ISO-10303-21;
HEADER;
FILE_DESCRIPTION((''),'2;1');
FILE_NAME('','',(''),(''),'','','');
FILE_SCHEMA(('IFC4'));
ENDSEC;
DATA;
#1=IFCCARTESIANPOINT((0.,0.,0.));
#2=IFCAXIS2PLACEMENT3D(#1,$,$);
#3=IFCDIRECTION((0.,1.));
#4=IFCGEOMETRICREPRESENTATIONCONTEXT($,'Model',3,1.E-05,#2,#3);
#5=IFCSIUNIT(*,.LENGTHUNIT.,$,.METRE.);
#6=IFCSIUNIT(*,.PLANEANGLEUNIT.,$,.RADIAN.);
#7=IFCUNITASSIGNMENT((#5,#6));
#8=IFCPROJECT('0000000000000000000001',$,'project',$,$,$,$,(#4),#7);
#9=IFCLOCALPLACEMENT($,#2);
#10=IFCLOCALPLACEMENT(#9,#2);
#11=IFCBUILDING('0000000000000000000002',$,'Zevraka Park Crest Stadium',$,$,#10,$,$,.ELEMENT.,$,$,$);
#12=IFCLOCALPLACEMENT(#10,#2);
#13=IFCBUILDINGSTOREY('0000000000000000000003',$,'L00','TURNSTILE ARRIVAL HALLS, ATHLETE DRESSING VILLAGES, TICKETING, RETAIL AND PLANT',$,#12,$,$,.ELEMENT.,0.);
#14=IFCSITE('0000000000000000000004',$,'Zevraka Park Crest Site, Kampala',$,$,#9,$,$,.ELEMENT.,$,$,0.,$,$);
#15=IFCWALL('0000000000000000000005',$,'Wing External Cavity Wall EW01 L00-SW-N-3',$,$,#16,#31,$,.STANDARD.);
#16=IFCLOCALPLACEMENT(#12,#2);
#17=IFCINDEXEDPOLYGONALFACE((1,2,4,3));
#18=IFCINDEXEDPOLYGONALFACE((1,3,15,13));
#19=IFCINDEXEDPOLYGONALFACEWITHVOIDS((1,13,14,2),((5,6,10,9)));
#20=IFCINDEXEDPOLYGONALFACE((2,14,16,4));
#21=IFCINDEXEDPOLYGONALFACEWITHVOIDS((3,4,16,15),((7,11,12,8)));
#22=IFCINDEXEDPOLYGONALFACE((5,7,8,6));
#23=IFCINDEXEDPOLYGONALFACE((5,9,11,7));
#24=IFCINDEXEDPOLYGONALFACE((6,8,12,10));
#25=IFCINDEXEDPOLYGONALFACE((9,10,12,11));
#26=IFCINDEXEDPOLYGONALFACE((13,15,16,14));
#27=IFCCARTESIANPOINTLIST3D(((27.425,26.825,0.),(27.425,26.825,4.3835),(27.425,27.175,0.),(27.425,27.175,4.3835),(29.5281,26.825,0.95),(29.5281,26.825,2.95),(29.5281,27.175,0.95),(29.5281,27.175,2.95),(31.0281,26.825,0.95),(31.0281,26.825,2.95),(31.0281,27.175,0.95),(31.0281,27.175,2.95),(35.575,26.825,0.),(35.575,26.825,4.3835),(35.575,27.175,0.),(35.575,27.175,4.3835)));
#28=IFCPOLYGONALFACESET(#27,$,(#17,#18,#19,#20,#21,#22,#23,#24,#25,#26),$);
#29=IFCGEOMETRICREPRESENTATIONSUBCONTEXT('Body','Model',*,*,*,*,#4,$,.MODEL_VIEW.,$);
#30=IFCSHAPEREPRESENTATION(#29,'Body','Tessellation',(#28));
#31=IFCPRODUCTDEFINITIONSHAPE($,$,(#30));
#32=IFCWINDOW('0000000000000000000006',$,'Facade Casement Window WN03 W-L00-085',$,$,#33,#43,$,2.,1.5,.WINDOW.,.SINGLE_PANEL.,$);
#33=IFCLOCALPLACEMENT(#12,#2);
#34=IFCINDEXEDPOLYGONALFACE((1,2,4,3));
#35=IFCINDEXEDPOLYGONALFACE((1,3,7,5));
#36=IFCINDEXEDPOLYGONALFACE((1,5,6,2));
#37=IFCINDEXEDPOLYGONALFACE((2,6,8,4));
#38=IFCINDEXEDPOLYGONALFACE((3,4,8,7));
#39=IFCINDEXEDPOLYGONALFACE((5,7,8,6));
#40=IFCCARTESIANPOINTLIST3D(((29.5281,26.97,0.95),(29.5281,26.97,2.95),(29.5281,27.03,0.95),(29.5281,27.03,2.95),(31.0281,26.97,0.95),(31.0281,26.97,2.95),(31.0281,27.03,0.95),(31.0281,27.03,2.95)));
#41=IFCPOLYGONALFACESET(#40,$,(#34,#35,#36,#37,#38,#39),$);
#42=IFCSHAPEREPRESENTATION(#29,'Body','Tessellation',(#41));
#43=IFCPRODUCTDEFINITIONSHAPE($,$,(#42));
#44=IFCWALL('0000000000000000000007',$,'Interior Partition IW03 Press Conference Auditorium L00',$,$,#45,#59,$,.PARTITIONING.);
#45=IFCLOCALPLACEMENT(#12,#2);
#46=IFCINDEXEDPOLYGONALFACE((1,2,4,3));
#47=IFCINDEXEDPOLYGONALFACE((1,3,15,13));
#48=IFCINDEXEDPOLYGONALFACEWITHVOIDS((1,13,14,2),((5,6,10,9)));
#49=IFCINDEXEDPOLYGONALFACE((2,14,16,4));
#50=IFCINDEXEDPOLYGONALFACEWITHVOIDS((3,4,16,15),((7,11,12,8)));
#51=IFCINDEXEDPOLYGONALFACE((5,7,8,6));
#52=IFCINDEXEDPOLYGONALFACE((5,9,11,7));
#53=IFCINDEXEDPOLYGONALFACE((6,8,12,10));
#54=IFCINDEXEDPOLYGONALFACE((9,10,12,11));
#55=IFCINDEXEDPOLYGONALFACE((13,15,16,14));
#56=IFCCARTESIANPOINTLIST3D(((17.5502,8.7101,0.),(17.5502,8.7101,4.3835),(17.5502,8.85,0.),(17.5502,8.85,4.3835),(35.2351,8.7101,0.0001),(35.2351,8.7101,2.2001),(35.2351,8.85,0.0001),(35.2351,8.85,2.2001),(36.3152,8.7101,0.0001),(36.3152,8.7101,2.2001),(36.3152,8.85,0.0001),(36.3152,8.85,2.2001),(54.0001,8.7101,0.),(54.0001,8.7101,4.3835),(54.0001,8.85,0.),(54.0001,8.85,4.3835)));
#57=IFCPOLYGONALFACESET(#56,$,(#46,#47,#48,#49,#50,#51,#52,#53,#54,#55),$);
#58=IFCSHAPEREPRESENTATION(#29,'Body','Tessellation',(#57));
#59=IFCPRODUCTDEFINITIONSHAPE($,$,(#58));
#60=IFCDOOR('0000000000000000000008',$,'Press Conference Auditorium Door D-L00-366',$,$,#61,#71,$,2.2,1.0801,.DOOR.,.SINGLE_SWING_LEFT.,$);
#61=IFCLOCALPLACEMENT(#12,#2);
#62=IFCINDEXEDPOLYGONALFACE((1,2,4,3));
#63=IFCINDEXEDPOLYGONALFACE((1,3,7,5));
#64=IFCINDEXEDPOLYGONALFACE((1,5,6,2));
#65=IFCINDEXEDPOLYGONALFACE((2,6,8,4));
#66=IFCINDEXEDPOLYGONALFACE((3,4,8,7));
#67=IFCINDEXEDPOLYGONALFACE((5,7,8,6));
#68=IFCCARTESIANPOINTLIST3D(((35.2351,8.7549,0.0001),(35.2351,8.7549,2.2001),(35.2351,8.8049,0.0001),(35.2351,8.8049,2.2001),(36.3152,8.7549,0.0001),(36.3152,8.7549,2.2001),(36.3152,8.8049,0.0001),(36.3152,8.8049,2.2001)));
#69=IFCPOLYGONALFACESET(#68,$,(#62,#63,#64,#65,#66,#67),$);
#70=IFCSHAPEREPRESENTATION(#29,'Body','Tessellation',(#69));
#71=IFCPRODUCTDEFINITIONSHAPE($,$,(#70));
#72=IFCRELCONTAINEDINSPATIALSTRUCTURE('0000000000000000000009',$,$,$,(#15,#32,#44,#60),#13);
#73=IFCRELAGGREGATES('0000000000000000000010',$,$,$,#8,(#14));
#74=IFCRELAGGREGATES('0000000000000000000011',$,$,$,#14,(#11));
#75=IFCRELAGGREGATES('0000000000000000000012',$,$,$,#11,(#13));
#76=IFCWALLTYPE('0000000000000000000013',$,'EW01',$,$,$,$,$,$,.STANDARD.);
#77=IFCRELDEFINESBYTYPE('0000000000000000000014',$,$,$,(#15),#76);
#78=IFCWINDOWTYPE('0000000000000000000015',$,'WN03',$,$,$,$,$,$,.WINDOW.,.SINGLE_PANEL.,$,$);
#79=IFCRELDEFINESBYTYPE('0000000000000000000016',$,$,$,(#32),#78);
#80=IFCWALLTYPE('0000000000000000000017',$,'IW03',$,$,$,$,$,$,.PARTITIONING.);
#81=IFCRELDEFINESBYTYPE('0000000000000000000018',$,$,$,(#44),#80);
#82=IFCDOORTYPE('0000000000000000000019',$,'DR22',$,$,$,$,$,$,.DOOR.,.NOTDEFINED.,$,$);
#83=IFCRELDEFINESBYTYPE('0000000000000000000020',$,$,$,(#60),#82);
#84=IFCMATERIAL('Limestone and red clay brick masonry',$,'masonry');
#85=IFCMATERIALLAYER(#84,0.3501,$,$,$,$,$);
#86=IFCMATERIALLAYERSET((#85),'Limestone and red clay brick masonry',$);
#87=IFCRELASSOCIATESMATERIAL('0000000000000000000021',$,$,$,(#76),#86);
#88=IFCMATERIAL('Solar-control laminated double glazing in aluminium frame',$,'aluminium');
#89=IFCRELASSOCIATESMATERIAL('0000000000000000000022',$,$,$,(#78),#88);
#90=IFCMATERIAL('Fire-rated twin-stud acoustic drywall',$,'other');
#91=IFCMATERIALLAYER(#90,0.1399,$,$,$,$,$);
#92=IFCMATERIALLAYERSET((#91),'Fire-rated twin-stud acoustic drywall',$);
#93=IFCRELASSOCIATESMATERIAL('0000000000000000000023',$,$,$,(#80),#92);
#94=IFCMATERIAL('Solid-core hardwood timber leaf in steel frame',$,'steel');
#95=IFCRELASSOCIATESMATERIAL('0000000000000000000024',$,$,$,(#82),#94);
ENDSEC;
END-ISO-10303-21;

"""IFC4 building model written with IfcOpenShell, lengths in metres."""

from ifc_helpers import new_model, si_unit, direction, frame, frame_2d, origin, place, context, subcontext, project, spatial, rectangle, extrude, material, layer, layer_set, type_object, element, fill, save


model = new_model("IFC4")

# Units and contexts
model_context = context("Model", 3, precision=1e-05, world=origin(), true_north=direction((0.0, 1.0)))
body_context = subcontext(model_context, "Body", "Model", "MODEL_VIEW")
ifc_project = project(units=[si_unit("LENGTHUNIT", "METRE"), si_unit("PLANEANGLEUNIT", "RADIAN")], contexts=[model_context])

# Site, building, storey
site_placement = place(None, origin())
site = spatial("IfcSite", under=ifc_project, at=site_placement, Name="Zevraka Park Crest Site, Kampala", CompositionType="ELEMENT", RefElevation=0.0)
building_placement = place(site_placement, origin())
building = spatial("IfcBuilding", under=site, at=building_placement, Name="Zevraka Park Crest Stadium", CompositionType="ELEMENT")
storey_placement = place(building_placement, origin())
storey = spatial("IfcBuildingStorey", under=building, at=storey_placement, Name="L00", Description="TURNSTILE ARRIVAL HALLS, ATHLETE DRESSING VILLAGES, TICKETING, RETAIL AND PLANT", CompositionType="ELEMENT", Elevation=0.0)

# Wall, opening, window
ifc_material_1 = material(Name="Limestone and red clay brick masonry", Category="masonry")
ifc_layer_1 = layer(ifc_material_1, 0.3501)
ifc_layer_set_1 = layer_set([ifc_layer_1], Name="Limestone and red clay brick masonry")
wall_type_1 = type_object("IfcWallType", Name="EW01", PredefinedType="STANDARD", material=ifc_layer_set_1)
wall_1_placement = place(storey_placement, frame((27.425, 27.0, 0.0), z_axis=(0.0, 0.0, 1.0), x_axis=(1.0, 0.0, 0.0)))
wall_1 = element("IfcWall", 1, at=wall_1_placement, inside=storey, type_object=wall_type_1, Name="Wing External Cavity Wall EW01 L00-SW-N-3", PredefinedType="STANDARD", context=body_context, shape_type="SweptSolid", body=[
    extrude(rectangle(XDim=8.1499, YDim=0.3501, at=frame_2d((4.075, 0.0))), origin(), (0.0, 0.0, 1.0), 4.3835),
])
opening_1_placement = place(wall_1_placement, frame((2.103, 0.0, 0.95)))
opening_1 = element("IfcOpeningElement", 2, at=opening_1_placement, cuts=wall_1, PredefinedType="OPENING", context=body_context, shape_type="SweptSolid", body=[
    extrude(rectangle(XDim=1.5, YDim=2.0, at=frame_2d((0.75, 1.0))), frame((0.0, 0.1851, 0.0), z_axis=(0.0, -1.0, 0.0), x_axis=(1.0, 0.0, 0.0)), (0.0, 0.0, 1.0), 0.3701),
])
ifc_material_2 = material(Name="Solar-control laminated double glazing in aluminium frame", Category="aluminium")
window_type_1 = type_object("IfcWindowType", Name="WN03", PartitioningType="SINGLE_PANEL", PredefinedType="WINDOW", material=ifc_material_2)
window_1_placement = place(opening_1_placement, origin())
window_1 = element("IfcWindow", 3, at=window_1_placement, inside=storey, type_object=window_type_1, Name="Facade Casement Window WN03 W-L00-085", OverallHeight=2.0, OverallWidth=1.5, PartitioningType="SINGLE_PANEL", PredefinedType="WINDOW", context=body_context, shape_type="SweptSolid", body=[
    extrude(rectangle(XDim=1.5, YDim=2.0, at=frame_2d((0.75, 1.0))), frame((0.0, 0.03, 0.0), z_axis=(0.0, -1.0, 0.0), x_axis=(1.0, 0.0, 0.0)), (0.0, 0.0, 1.0), 0.0601),
])
fill(opening_1, window_1)

# Wall, opening, door
ifc_material_3 = material(Name="Fire-rated twin-stud acoustic drywall", Category="other")
ifc_layer_2 = layer(ifc_material_3, 0.1399)
ifc_layer_set_2 = layer_set([ifc_layer_2], Name="Fire-rated twin-stud acoustic drywall")
wall_type_2 = type_object("IfcWallType", Name="IW03", PredefinedType="PARTITIONING", material=ifc_layer_set_2)
wall_2_placement = place(storey_placement, frame((17.55, 8.78, 0.0), z_axis=(0.0, 0.0, 1.0), x_axis=(1.0, 0.0, 0.0)))
wall_2 = element("IfcWall", 4, at=wall_2_placement, inside=storey, type_object=wall_type_2, Name="Interior Partition IW03 Press Conference Auditorium L00", PredefinedType="PARTITIONING", context=body_context, shape_type="SweptSolid", body=[
    extrude(rectangle(XDim=36.45, YDim=0.1399, at=frame_2d((18.2251, 0.0))), origin(), (0.0, 0.0, 1.0), 4.3835),
])
opening_2_placement = place(wall_2_placement, frame((17.6851, 0.0, 0.0)))
opening_2 = element("IfcOpeningElement", 5, at=opening_2_placement, cuts=wall_2, PredefinedType="OPENING", context=body_context, shape_type="SweptSolid", body=[
    extrude(rectangle(XDim=1.0801, YDim=2.2, at=frame_2d((0.54, 1.1001))), frame((0.0, 0.0798, 0.0), z_axis=(0.0, -1.0, 0.0), x_axis=(1.0, 0.0, 0.0)), (0.0, 0.0, 1.0), 0.1599),
])
ifc_material_4 = material(Name="Solid-core hardwood timber leaf in steel frame", Category="steel")
door_type = type_object("IfcDoorType", Name="DR22", OperationType="NOTDEFINED", PredefinedType="DOOR", material=ifc_material_4)
door_placement = place(opening_2_placement, origin())
door = element("IfcDoor", 6, at=door_placement, inside=storey, type_object=door_type, Name="Press Conference Auditorium Door D-L00-366", OperationType="SINGLE_SWING_LEFT", OverallHeight=2.2, OverallWidth=1.0801, PredefinedType="DOOR", context=body_context, shape_type="SweptSolid", body=[
    extrude(rectangle(XDim=1.0801, YDim=2.2, at=frame_2d((0.54, 1.1001))), frame((0.0, 0.0249, 0.0), z_axis=(0.0, -1.0, 0.0), x_axis=(1.0, 0.0, 0.0)), (0.0, 0.0, 1.0), 0.05),
])
fill(opening_2, door)

save(model, "model.ifc")
